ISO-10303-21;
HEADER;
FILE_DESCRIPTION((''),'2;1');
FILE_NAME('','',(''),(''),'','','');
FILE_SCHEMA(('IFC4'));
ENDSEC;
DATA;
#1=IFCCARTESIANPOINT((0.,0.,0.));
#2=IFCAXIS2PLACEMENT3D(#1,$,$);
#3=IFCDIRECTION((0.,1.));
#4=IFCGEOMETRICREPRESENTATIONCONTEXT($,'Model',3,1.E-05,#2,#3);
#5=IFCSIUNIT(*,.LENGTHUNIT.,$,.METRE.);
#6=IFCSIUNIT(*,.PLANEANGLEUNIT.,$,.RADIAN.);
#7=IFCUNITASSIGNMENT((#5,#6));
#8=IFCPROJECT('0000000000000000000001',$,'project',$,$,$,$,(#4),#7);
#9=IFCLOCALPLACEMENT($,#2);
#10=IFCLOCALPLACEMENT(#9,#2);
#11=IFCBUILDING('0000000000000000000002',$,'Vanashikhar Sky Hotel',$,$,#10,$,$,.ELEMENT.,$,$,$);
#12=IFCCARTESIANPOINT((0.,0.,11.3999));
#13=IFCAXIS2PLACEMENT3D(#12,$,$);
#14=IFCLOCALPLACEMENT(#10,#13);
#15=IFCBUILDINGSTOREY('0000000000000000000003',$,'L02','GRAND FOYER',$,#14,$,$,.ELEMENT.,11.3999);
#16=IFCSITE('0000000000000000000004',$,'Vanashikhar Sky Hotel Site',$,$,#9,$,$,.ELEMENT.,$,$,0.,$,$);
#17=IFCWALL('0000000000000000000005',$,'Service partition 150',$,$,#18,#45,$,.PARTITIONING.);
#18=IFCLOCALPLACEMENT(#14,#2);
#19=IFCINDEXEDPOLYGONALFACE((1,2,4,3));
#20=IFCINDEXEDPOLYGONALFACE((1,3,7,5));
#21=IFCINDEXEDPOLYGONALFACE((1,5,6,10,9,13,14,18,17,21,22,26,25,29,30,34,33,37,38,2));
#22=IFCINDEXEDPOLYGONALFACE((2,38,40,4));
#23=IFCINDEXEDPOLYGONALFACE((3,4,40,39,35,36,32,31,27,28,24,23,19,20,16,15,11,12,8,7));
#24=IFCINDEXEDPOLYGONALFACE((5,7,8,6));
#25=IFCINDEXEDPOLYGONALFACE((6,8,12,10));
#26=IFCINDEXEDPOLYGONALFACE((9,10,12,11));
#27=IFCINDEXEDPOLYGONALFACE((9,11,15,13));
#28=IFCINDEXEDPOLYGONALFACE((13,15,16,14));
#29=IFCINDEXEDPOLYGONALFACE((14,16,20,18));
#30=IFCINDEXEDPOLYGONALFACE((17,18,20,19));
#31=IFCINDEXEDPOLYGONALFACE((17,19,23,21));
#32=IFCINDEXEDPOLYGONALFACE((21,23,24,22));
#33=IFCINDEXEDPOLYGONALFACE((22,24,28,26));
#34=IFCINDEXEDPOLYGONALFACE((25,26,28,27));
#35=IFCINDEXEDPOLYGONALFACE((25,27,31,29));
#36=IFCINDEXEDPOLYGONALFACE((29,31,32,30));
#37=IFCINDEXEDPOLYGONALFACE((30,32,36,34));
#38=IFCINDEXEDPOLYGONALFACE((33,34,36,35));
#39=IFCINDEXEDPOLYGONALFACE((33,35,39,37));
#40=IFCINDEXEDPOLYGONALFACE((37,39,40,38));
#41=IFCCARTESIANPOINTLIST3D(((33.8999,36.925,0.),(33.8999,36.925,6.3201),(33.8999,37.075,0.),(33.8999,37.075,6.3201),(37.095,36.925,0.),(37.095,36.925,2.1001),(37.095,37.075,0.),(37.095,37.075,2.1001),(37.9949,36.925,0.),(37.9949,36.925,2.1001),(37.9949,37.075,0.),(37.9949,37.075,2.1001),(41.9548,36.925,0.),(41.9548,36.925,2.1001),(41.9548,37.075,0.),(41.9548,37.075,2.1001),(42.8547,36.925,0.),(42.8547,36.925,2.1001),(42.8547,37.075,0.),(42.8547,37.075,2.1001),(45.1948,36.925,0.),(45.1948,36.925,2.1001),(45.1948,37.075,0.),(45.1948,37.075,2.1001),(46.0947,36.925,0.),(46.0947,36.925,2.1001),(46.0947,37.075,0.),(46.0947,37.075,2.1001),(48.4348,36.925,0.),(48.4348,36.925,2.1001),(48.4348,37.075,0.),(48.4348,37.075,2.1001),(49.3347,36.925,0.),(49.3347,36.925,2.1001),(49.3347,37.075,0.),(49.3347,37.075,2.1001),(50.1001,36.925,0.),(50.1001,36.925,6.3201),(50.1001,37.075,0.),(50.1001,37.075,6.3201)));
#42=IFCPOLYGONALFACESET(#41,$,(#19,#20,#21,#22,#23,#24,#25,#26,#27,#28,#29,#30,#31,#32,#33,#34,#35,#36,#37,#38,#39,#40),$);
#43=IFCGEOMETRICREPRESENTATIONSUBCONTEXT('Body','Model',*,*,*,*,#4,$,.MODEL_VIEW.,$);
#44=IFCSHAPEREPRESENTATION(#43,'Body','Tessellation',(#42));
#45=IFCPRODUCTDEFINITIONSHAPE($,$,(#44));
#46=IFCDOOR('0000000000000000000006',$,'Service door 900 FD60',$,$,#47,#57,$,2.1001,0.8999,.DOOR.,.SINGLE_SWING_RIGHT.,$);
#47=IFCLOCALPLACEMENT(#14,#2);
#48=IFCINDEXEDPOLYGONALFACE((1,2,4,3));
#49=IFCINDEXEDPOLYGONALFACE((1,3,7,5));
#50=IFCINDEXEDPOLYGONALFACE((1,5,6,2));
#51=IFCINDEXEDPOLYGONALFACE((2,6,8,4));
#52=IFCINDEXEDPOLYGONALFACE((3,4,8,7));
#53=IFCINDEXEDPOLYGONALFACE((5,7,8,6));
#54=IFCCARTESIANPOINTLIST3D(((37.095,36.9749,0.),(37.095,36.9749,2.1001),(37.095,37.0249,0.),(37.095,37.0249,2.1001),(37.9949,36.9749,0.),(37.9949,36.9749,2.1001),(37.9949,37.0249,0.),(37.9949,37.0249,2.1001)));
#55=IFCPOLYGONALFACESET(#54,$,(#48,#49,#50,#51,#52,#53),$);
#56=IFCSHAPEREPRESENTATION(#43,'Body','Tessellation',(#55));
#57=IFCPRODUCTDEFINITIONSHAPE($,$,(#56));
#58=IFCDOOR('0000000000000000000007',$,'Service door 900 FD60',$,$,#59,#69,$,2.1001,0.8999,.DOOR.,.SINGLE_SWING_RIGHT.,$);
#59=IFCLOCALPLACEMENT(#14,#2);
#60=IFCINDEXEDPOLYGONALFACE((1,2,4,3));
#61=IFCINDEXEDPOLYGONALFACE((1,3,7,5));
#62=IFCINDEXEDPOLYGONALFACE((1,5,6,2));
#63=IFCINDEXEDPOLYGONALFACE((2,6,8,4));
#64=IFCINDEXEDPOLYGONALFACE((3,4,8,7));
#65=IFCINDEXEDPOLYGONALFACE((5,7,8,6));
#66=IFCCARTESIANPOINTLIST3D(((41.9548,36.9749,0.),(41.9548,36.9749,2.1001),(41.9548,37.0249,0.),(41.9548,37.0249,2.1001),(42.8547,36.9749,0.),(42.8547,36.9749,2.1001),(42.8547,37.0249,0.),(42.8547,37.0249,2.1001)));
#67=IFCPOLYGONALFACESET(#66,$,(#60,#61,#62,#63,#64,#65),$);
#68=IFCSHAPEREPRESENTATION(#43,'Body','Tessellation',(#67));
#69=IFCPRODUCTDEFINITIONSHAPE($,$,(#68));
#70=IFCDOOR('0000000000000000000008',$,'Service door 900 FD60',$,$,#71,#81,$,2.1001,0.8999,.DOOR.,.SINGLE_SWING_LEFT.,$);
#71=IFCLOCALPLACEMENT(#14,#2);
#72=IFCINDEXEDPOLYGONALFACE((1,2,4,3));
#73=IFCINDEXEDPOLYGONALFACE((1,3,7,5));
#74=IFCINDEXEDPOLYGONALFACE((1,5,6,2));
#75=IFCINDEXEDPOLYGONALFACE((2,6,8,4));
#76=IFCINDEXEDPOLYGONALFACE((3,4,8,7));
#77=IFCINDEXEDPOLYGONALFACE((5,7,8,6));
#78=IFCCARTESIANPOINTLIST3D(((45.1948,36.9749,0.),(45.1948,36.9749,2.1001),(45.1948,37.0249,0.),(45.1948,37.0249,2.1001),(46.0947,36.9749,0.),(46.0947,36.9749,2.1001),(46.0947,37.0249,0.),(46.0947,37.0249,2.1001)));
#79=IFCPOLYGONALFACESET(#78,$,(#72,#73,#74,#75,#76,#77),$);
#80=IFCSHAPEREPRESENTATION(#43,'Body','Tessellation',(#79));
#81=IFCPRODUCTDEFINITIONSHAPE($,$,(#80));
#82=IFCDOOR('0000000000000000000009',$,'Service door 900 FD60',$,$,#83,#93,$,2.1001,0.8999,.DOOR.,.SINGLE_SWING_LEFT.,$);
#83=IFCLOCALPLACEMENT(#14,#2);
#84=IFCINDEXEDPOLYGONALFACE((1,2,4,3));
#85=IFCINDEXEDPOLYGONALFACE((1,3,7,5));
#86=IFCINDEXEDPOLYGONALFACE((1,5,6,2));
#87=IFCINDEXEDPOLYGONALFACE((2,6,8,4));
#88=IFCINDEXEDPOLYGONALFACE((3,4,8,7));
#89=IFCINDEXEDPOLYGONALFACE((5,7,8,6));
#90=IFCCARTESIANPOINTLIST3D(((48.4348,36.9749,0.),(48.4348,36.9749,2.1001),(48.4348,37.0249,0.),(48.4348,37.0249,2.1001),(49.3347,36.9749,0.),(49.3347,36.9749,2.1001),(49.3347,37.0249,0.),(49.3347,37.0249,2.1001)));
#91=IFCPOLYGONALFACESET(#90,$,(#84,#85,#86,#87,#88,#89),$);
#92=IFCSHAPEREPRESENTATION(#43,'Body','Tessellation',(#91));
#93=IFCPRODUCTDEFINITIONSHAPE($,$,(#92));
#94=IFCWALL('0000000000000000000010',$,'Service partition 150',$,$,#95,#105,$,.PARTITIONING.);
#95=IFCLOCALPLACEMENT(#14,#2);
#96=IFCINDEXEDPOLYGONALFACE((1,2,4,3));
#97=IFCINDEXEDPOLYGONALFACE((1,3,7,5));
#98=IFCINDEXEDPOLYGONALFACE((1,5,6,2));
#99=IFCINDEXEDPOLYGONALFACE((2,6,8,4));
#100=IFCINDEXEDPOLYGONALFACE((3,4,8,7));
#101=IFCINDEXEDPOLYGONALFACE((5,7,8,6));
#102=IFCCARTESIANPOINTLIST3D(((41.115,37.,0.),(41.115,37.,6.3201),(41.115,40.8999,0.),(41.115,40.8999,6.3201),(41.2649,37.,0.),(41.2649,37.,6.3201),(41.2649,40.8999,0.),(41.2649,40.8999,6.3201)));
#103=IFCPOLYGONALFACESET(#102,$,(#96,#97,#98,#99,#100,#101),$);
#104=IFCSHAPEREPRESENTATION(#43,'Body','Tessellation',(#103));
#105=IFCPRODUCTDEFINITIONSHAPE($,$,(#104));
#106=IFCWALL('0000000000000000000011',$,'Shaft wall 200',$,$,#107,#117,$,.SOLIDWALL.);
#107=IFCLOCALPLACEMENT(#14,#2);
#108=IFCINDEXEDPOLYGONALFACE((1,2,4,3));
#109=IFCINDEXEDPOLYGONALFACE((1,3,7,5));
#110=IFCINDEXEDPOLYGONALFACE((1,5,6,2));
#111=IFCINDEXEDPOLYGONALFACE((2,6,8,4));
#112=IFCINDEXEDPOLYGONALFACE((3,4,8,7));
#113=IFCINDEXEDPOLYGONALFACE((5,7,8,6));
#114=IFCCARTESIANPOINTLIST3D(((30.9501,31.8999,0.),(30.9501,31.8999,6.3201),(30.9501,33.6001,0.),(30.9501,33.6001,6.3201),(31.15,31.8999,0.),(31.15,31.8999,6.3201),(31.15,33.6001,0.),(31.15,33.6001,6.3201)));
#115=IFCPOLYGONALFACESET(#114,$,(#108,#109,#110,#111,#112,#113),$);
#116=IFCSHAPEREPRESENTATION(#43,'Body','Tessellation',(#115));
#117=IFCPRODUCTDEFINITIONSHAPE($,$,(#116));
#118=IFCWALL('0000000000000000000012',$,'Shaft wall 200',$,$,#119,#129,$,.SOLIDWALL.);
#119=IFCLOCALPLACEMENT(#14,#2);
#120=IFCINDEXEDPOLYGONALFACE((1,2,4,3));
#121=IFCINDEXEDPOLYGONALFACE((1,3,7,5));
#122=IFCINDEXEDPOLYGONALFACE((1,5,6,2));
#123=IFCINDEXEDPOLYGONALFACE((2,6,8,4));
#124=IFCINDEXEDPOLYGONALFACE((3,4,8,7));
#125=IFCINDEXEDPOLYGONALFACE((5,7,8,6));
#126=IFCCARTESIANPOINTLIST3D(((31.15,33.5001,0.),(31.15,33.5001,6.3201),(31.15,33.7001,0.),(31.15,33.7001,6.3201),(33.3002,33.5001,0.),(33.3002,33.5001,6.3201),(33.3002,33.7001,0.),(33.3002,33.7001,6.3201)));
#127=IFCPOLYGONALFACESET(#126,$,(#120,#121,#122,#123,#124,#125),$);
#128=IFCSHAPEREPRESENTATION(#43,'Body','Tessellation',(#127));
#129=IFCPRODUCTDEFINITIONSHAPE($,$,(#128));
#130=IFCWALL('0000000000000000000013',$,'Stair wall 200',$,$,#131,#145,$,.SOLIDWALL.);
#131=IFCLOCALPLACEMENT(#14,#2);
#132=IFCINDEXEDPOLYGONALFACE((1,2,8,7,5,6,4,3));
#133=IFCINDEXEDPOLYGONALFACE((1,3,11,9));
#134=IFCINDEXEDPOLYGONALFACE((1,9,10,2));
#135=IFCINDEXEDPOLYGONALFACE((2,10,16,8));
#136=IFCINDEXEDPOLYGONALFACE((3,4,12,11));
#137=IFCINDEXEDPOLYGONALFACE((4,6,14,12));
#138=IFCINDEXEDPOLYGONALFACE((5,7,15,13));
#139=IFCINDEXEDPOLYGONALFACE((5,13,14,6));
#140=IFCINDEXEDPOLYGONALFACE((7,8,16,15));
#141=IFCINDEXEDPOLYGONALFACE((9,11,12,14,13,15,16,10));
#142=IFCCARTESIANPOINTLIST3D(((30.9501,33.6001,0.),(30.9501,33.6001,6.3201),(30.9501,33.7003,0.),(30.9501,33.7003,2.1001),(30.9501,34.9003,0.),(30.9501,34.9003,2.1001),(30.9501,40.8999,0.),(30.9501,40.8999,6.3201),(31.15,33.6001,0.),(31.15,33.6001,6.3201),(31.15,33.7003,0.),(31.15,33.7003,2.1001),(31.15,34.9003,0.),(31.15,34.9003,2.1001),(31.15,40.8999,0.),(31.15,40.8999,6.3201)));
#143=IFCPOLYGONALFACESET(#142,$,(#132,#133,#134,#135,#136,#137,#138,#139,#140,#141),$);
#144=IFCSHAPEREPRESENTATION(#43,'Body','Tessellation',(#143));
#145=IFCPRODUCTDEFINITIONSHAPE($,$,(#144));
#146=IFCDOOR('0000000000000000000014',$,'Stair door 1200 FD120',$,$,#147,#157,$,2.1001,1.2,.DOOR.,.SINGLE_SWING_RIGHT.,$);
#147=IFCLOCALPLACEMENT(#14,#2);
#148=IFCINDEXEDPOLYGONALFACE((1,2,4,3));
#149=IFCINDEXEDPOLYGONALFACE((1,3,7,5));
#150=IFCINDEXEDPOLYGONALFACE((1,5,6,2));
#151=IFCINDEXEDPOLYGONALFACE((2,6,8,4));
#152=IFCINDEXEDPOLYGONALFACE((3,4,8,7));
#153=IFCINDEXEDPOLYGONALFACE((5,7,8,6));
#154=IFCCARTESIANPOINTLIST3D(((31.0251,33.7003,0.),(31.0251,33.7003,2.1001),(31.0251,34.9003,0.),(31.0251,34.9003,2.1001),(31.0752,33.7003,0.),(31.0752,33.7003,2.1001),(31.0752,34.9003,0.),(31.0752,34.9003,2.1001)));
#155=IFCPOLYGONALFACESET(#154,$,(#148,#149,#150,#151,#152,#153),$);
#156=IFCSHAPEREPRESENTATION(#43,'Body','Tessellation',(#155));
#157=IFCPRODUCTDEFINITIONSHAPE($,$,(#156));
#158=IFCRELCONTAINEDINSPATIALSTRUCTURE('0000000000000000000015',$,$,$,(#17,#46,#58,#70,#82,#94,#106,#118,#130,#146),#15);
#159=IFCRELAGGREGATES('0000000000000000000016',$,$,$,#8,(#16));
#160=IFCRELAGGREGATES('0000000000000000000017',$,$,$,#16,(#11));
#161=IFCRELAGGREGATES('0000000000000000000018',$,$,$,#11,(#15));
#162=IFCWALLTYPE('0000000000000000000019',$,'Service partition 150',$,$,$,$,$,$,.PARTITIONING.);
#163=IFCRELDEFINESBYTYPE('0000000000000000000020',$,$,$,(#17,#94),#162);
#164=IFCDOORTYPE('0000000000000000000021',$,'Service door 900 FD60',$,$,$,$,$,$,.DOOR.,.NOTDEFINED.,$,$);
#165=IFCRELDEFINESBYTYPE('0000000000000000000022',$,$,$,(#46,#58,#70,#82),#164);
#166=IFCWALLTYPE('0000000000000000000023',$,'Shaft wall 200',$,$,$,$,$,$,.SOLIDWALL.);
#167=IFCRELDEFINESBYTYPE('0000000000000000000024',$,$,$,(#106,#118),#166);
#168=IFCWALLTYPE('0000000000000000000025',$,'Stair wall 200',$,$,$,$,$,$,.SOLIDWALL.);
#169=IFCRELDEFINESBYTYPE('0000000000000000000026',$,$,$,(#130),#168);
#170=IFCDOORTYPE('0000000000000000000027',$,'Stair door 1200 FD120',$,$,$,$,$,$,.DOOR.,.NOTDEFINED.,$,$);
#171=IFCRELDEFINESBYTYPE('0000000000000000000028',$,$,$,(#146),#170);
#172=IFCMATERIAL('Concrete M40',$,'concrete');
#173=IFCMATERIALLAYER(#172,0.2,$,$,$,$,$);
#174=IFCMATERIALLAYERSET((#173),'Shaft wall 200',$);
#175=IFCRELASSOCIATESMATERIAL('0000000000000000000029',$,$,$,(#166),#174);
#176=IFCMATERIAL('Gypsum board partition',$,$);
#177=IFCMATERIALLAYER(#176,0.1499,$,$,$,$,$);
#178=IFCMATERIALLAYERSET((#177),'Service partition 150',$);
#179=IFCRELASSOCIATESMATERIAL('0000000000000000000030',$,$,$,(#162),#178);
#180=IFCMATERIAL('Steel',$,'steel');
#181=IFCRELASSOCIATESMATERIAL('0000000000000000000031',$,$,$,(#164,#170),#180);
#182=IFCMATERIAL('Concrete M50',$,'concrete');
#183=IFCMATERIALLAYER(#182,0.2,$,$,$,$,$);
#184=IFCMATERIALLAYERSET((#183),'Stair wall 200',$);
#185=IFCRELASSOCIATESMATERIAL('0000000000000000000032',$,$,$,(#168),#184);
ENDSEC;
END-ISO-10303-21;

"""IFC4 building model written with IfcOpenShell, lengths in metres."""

from ifc_helpers import new_model, si_unit, direction, frame, frame_2d, origin, place, context, subcontext, project, spatial, rectangle, extrude, source, transform, mapped, material, layer, layer_set, type_object, element, fill, save


model = new_model("IFC4")

# Units and contexts
model_context = context("Model", 3, precision=1e-05, world=origin(), true_north=direction((0.0, 1.0)))
body_context = subcontext(model_context, "Body", "Model", "MODEL_VIEW")
ifc_project = project(units=[si_unit("LENGTHUNIT", "METRE"), si_unit("PLANEANGLEUNIT", "RADIAN")], contexts=[model_context])

# Site, building, storey
site_placement = place(None, origin())
site = spatial("IfcSite", under=ifc_project, at=site_placement, Name="Vanashikhar Sky Hotel Site", CompositionType="ELEMENT", RefElevation=0.0)
building_placement = place(site_placement, origin())
building = spatial("IfcBuilding", under=site, at=building_placement, Name="Vanashikhar Sky Hotel", CompositionType="ELEMENT")
storey_placement = place(building_placement, frame((0.0, 0.0, 11.3999)))
storey = spatial("IfcBuildingStorey", under=building, at=storey_placement, Name="L02", Description="GRAND FOYER", CompositionType="ELEMENT", Elevation=11.3999)

# Shared definitions
ifc_material_1 = material(Name="Steel", Category="steel")

# Shared definitions
ifc_material_2 = material(Name="Concrete M40", Category="concrete")
ifc_layer_1 = layer(ifc_material_2, 0.2)
ifc_layer_set_1 = layer_set([ifc_layer_1], Name="Shaft wall 200")
wall_type_1 = type_object("IfcWallType", Name="Shaft wall 200", PredefinedType="SOLIDWALL", material=ifc_layer_set_1)

# Shared definitions
ifc_material_3 = material(Name="Gypsum board partition")
ifc_layer_2 = layer(ifc_material_3, 0.1499)
ifc_layer_set_2 = layer_set([ifc_layer_2], Name="Service partition 150")
wall_type_2 = type_object("IfcWallType", Name="Service partition 150", PredefinedType="PARTITIONING", material=ifc_layer_set_2)

# Wall, openings, doors
shared_shape_1 = source(origin(), body_context, "Body", "SweptSolid", [
    extrude(rectangle(XDim=0.8999, YDim=2.1001, at=frame_2d((0.45, 1.05))), frame((0.0, 0.085, 0.0), z_axis=(0.0, -1.0, 0.0), x_axis=(1.0, 0.0, 0.0)), (0.0, 0.0, 1.0), 0.1699),
])
door_type_1 = type_object("IfcDoorType", Name="Service door 900 FD60", OperationType="NOTDEFINED", PredefinedType="DOOR", material=ifc_material_1)
shared_shape_2 = source(origin(), body_context, "Body", "SweptSolid", [
    extrude(rectangle(XDim=0.8999, YDim=2.1001, at=frame_2d((0.45, 1.05))), frame((0.0, 0.0249, 0.0), z_axis=(0.0, -1.0, 0.0), x_axis=(1.0, 0.0, 0.0)), (0.0, 0.0, 1.0), 0.05),
])
shared_shape_3 = source(origin(), body_context, "Body", "SweptSolid", [
    extrude(rectangle(XDim=16.2002, YDim=0.1499, at=frame_2d((8.1001, 0.0))), origin(), (0.0, 0.0, 1.0), 6.3201),
])
wall_1_placement = place(storey_placement, frame((33.8999, 37.0, 0.0), z_axis=(0.0, 0.0, 1.0), x_axis=(1.0, 0.0, 0.0)))
wall_1 = element("IfcWall", 1, at=wall_1_placement, inside=storey, type_object=wall_type_2, Name="Service partition 150", PredefinedType="PARTITIONING", context=body_context, shape_type="MappedRepresentation", body=[
    mapped(shared_shape_3, transform((0.0, 0.0, 0.0), scale=1.0)),
])
opening_1_placement = place(wall_1_placement, frame((3.1951, 0.0, 0.0)))
opening_1 = element("IfcOpeningElement", 2, at=opening_1_placement, cuts=wall_1, PredefinedType="OPENING", context=body_context, shape_type="MappedRepresentation", body=[
    mapped(shared_shape_1, transform((0.0, 0.0, 0.0), scale=1.0)),
])
opening_2_placement = place(wall_1_placement, frame((8.0549, 0.0, 0.0)))
opening_2 = element("IfcOpeningElement", 3, at=opening_2_placement, cuts=wall_1, PredefinedType="OPENING", context=body_context, shape_type="MappedRepresentation", body=[
    mapped(shared_shape_1, transform((0.0, 0.0, 0.0), scale=1.0)),
])
opening_3_placement = place(wall_1_placement, frame((11.2949, 0.0, 0.0)))
opening_3 = element("IfcOpeningElement", 4, at=opening_3_placement, cuts=wall_1, PredefinedType="OPENING", context=body_context, shape_type="MappedRepresentation", body=[
    mapped(shared_shape_1, transform((0.0, 0.0, 0.0), scale=1.0)),
])
opening_4_placement = place(wall_1_placement, frame((14.5349, 0.0, 0.0)))
opening_4 = element("IfcOpeningElement", 5, at=opening_4_placement, cuts=wall_1, PredefinedType="OPENING", context=body_context, shape_type="MappedRepresentation", body=[
    mapped(shared_shape_1, transform((0.0, 0.0, 0.0), scale=1.0)),
])
door_1_placement = place(opening_1_placement, origin())
door_1 = element("IfcDoor", 6, at=door_1_placement, inside=storey, type_object=door_type_1, Name="Service door 900 FD60", OperationType="SINGLE_SWING_RIGHT", OverallHeight=2.1001, OverallWidth=0.8999, PredefinedType="DOOR", context=body_context, shape_type="MappedRepresentation", body=[
    mapped(shared_shape_2, transform((0.0, 0.0, 0.0), scale=1.0)),
])
fill(opening_1, door_1)
door_2_placement = place(opening_2_placement, origin())
door_2 = element("IfcDoor", 7, at=door_2_placement, inside=storey, type_object=door_type_1, Name="Service door 900 FD60", OperationType="SINGLE_SWING_RIGHT", OverallHeight=2.1001, OverallWidth=0.8999, PredefinedType="DOOR", context=body_context, shape_type="MappedRepresentation", body=[
    mapped(shared_shape_2, transform((0.0, 0.0, 0.0), scale=1.0)),
])
fill(opening_2, door_2)
door_3_placement = place(opening_3_placement, origin())
door_3 = element("IfcDoor", 8, at=door_3_placement, inside=storey, type_object=door_type_1, Name="Service door 900 FD60", OperationType="SINGLE_SWING_LEFT", OverallHeight=2.1001, OverallWidth=0.8999, PredefinedType="DOOR", context=body_context, shape_type="MappedRepresentation", body=[
    mapped(shared_shape_2, transform((0.0, 0.0, 0.0), scale=1.0)),
])
fill(opening_3, door_3)
door_4_placement = place(opening_4_placement, origin())
door_4 = element("IfcDoor", 9, at=door_4_placement, inside=storey, type_object=door_type_1, Name="Service door 900 FD60", OperationType="SINGLE_SWING_LEFT", OverallHeight=2.1001, OverallWidth=0.8999, PredefinedType="DOOR", context=body_context, shape_type="MappedRepresentation", body=[
    mapped(shared_shape_2, transform((0.0, 0.0, 0.0), scale=1.0)),
])
fill(opening_4, door_4)

# Walls
shared_shape_4 = source(origin(), body_context, "Body", "SweptSolid", [
    extrude(rectangle(XDim=3.8999, YDim=0.1499, at=frame_2d((1.95, 0.0))), origin(), (0.0, 0.0, 1.0), 6.3201),
])
wall_2_placement = place(storey_placement, frame((41.1899, 37.0, 0.0), z_axis=(0.0, 0.0, 1.0), x_axis=(0.0, 1.0, 0.0)))
element("IfcWall", 10, at=wall_2_placement, inside=storey, type_object=wall_type_2, Name="Service partition 150", PredefinedType="PARTITIONING", context=body_context, shape_type="MappedRepresentation", body=[
    mapped(shared_shape_4, transform((0.0, 0.0, 0.0), scale=1.0)),
])
shared_shape_5 = source(origin(), body_context, "Body", "SweptSolid", [
    extrude(rectangle(XDim=1.7002, YDim=0.2, at=frame_2d((0.8501, 0.0))), origin(), (0.0, 0.0, 1.0), 6.3201),
])
wall_3_placement = place(storey_placement, frame((31.05, 31.8999, 0.0), z_axis=(0.0, 0.0, 1.0), x_axis=(0.0, 1.0, 0.0)))
element("IfcWall", 11, at=wall_3_placement, inside=storey, type_object=wall_type_1, Name="Shaft wall 200", PredefinedType="SOLIDWALL", context=body_context, shape_type="MappedRepresentation", body=[
    mapped(shared_shape_5, transform((0.0, 0.0, 0.0), scale=1.0)),
])
shared_shape_6 = source(origin(), body_context, "Body", "SweptSolid", [
    extrude(rectangle(XDim=2.1501, YDim=0.2, at=frame_2d((1.0752, 0.0))), origin(), (0.0, 0.0, 1.0), 6.3201),
])
wall_4_placement = place(storey_placement, frame((31.1499, 33.6001, 0.0), z_axis=(0.0, 0.0, 1.0), x_axis=(1.0, 0.0, 0.0)))
element("IfcWall", 12, at=wall_4_placement, inside=storey, type_object=wall_type_1, Name="Shaft wall 200", PredefinedType="SOLIDWALL", context=body_context, shape_type="MappedRepresentation", body=[
    mapped(shared_shape_6, transform((0.0, 0.0, 0.0), scale=1.0)),
])

# Wall, opening, door
ifc_material_4 = material(Name="Concrete M50", Category="concrete")
ifc_layer_3 = layer(ifc_material_4, 0.2)
ifc_layer_set_3 = layer_set([ifc_layer_3], Name="Stair wall 200")
wall_type_3 = type_object("IfcWallType", Name="Stair wall 200", PredefinedType="SOLIDWALL", material=ifc_layer_set_3)
shared_shape_7 = source(origin(), body_context, "Body", "SweptSolid", [
    extrude(rectangle(XDim=7.2998, YDim=0.2, at=frame_2d((3.6499, 0.0))), origin(), (0.0, 0.0, 1.0), 6.3201),
])
wall_5_placement = place(storey_placement, frame((31.05, 33.6001, 0.0), z_axis=(0.0, 0.0, 1.0), x_axis=(0.0, 1.0, 0.0)))
wall_5 = element("IfcWall", 13, at=wall_5_placement, inside=storey, type_object=wall_type_3, Name="Stair wall 200", PredefinedType="SOLIDWALL", context=body_context, shape_type="MappedRepresentation", body=[
    mapped(shared_shape_7, transform((0.0, 0.0, 0.0), scale=1.0)),
])
shared_shape_8 = source(origin(), body_context, "Body", "SweptSolid", [
    extrude(rectangle(XDim=1.2, YDim=2.1001, at=frame_2d((0.6001, 1.05))), frame((0.0, 0.1099, 0.0), z_axis=(0.0, -1.0, 0.0), x_axis=(1.0, 0.0, 0.0)), (0.0, 0.0, 1.0), 0.22),
])
opening_5_placement = place(wall_5_placement, frame((0.1001, 0.0, 0.0)))
opening_5 = element("IfcOpeningElement", 14, at=opening_5_placement, cuts=wall_5, PredefinedType="OPENING", context=body_context, shape_type="MappedRepresentation", body=[
    mapped(shared_shape_8, transform((0.0, 0.0, 0.0), scale=1.0)),
])
door_type_2 = type_object("IfcDoorType", Name="Stair door 1200 FD120", OperationType="NOTDEFINED", PredefinedType="DOOR", material=ifc_material_1)
shared_shape_9 = source(origin(), body_context, "Body", "SweptSolid", [
    extrude(rectangle(XDim=1.2, YDim=2.1001, at=frame_2d((0.6001, 1.05))), frame((0.0, 0.0249, 0.0), z_axis=(0.0, -1.0, 0.0), x_axis=(1.0, 0.0, 0.0)), (0.0, 0.0, 1.0), 0.05),
])
door_5_placement = place(opening_5_placement, origin())
door_5 = element("IfcDoor", 15, at=door_5_placement, inside=storey, type_object=door_type_2, Name="Stair door 1200 FD120", OperationType="SINGLE_SWING_RIGHT", OverallHeight=2.1001, OverallWidth=1.2, PredefinedType="DOOR", context=body_context, shape_type="MappedRepresentation", body=[
    mapped(shared_shape_9, transform((0.0, 0.0, 0.0), scale=1.0)),
])
fill(opening_5, door_5)

save(model, "model.ifc")
